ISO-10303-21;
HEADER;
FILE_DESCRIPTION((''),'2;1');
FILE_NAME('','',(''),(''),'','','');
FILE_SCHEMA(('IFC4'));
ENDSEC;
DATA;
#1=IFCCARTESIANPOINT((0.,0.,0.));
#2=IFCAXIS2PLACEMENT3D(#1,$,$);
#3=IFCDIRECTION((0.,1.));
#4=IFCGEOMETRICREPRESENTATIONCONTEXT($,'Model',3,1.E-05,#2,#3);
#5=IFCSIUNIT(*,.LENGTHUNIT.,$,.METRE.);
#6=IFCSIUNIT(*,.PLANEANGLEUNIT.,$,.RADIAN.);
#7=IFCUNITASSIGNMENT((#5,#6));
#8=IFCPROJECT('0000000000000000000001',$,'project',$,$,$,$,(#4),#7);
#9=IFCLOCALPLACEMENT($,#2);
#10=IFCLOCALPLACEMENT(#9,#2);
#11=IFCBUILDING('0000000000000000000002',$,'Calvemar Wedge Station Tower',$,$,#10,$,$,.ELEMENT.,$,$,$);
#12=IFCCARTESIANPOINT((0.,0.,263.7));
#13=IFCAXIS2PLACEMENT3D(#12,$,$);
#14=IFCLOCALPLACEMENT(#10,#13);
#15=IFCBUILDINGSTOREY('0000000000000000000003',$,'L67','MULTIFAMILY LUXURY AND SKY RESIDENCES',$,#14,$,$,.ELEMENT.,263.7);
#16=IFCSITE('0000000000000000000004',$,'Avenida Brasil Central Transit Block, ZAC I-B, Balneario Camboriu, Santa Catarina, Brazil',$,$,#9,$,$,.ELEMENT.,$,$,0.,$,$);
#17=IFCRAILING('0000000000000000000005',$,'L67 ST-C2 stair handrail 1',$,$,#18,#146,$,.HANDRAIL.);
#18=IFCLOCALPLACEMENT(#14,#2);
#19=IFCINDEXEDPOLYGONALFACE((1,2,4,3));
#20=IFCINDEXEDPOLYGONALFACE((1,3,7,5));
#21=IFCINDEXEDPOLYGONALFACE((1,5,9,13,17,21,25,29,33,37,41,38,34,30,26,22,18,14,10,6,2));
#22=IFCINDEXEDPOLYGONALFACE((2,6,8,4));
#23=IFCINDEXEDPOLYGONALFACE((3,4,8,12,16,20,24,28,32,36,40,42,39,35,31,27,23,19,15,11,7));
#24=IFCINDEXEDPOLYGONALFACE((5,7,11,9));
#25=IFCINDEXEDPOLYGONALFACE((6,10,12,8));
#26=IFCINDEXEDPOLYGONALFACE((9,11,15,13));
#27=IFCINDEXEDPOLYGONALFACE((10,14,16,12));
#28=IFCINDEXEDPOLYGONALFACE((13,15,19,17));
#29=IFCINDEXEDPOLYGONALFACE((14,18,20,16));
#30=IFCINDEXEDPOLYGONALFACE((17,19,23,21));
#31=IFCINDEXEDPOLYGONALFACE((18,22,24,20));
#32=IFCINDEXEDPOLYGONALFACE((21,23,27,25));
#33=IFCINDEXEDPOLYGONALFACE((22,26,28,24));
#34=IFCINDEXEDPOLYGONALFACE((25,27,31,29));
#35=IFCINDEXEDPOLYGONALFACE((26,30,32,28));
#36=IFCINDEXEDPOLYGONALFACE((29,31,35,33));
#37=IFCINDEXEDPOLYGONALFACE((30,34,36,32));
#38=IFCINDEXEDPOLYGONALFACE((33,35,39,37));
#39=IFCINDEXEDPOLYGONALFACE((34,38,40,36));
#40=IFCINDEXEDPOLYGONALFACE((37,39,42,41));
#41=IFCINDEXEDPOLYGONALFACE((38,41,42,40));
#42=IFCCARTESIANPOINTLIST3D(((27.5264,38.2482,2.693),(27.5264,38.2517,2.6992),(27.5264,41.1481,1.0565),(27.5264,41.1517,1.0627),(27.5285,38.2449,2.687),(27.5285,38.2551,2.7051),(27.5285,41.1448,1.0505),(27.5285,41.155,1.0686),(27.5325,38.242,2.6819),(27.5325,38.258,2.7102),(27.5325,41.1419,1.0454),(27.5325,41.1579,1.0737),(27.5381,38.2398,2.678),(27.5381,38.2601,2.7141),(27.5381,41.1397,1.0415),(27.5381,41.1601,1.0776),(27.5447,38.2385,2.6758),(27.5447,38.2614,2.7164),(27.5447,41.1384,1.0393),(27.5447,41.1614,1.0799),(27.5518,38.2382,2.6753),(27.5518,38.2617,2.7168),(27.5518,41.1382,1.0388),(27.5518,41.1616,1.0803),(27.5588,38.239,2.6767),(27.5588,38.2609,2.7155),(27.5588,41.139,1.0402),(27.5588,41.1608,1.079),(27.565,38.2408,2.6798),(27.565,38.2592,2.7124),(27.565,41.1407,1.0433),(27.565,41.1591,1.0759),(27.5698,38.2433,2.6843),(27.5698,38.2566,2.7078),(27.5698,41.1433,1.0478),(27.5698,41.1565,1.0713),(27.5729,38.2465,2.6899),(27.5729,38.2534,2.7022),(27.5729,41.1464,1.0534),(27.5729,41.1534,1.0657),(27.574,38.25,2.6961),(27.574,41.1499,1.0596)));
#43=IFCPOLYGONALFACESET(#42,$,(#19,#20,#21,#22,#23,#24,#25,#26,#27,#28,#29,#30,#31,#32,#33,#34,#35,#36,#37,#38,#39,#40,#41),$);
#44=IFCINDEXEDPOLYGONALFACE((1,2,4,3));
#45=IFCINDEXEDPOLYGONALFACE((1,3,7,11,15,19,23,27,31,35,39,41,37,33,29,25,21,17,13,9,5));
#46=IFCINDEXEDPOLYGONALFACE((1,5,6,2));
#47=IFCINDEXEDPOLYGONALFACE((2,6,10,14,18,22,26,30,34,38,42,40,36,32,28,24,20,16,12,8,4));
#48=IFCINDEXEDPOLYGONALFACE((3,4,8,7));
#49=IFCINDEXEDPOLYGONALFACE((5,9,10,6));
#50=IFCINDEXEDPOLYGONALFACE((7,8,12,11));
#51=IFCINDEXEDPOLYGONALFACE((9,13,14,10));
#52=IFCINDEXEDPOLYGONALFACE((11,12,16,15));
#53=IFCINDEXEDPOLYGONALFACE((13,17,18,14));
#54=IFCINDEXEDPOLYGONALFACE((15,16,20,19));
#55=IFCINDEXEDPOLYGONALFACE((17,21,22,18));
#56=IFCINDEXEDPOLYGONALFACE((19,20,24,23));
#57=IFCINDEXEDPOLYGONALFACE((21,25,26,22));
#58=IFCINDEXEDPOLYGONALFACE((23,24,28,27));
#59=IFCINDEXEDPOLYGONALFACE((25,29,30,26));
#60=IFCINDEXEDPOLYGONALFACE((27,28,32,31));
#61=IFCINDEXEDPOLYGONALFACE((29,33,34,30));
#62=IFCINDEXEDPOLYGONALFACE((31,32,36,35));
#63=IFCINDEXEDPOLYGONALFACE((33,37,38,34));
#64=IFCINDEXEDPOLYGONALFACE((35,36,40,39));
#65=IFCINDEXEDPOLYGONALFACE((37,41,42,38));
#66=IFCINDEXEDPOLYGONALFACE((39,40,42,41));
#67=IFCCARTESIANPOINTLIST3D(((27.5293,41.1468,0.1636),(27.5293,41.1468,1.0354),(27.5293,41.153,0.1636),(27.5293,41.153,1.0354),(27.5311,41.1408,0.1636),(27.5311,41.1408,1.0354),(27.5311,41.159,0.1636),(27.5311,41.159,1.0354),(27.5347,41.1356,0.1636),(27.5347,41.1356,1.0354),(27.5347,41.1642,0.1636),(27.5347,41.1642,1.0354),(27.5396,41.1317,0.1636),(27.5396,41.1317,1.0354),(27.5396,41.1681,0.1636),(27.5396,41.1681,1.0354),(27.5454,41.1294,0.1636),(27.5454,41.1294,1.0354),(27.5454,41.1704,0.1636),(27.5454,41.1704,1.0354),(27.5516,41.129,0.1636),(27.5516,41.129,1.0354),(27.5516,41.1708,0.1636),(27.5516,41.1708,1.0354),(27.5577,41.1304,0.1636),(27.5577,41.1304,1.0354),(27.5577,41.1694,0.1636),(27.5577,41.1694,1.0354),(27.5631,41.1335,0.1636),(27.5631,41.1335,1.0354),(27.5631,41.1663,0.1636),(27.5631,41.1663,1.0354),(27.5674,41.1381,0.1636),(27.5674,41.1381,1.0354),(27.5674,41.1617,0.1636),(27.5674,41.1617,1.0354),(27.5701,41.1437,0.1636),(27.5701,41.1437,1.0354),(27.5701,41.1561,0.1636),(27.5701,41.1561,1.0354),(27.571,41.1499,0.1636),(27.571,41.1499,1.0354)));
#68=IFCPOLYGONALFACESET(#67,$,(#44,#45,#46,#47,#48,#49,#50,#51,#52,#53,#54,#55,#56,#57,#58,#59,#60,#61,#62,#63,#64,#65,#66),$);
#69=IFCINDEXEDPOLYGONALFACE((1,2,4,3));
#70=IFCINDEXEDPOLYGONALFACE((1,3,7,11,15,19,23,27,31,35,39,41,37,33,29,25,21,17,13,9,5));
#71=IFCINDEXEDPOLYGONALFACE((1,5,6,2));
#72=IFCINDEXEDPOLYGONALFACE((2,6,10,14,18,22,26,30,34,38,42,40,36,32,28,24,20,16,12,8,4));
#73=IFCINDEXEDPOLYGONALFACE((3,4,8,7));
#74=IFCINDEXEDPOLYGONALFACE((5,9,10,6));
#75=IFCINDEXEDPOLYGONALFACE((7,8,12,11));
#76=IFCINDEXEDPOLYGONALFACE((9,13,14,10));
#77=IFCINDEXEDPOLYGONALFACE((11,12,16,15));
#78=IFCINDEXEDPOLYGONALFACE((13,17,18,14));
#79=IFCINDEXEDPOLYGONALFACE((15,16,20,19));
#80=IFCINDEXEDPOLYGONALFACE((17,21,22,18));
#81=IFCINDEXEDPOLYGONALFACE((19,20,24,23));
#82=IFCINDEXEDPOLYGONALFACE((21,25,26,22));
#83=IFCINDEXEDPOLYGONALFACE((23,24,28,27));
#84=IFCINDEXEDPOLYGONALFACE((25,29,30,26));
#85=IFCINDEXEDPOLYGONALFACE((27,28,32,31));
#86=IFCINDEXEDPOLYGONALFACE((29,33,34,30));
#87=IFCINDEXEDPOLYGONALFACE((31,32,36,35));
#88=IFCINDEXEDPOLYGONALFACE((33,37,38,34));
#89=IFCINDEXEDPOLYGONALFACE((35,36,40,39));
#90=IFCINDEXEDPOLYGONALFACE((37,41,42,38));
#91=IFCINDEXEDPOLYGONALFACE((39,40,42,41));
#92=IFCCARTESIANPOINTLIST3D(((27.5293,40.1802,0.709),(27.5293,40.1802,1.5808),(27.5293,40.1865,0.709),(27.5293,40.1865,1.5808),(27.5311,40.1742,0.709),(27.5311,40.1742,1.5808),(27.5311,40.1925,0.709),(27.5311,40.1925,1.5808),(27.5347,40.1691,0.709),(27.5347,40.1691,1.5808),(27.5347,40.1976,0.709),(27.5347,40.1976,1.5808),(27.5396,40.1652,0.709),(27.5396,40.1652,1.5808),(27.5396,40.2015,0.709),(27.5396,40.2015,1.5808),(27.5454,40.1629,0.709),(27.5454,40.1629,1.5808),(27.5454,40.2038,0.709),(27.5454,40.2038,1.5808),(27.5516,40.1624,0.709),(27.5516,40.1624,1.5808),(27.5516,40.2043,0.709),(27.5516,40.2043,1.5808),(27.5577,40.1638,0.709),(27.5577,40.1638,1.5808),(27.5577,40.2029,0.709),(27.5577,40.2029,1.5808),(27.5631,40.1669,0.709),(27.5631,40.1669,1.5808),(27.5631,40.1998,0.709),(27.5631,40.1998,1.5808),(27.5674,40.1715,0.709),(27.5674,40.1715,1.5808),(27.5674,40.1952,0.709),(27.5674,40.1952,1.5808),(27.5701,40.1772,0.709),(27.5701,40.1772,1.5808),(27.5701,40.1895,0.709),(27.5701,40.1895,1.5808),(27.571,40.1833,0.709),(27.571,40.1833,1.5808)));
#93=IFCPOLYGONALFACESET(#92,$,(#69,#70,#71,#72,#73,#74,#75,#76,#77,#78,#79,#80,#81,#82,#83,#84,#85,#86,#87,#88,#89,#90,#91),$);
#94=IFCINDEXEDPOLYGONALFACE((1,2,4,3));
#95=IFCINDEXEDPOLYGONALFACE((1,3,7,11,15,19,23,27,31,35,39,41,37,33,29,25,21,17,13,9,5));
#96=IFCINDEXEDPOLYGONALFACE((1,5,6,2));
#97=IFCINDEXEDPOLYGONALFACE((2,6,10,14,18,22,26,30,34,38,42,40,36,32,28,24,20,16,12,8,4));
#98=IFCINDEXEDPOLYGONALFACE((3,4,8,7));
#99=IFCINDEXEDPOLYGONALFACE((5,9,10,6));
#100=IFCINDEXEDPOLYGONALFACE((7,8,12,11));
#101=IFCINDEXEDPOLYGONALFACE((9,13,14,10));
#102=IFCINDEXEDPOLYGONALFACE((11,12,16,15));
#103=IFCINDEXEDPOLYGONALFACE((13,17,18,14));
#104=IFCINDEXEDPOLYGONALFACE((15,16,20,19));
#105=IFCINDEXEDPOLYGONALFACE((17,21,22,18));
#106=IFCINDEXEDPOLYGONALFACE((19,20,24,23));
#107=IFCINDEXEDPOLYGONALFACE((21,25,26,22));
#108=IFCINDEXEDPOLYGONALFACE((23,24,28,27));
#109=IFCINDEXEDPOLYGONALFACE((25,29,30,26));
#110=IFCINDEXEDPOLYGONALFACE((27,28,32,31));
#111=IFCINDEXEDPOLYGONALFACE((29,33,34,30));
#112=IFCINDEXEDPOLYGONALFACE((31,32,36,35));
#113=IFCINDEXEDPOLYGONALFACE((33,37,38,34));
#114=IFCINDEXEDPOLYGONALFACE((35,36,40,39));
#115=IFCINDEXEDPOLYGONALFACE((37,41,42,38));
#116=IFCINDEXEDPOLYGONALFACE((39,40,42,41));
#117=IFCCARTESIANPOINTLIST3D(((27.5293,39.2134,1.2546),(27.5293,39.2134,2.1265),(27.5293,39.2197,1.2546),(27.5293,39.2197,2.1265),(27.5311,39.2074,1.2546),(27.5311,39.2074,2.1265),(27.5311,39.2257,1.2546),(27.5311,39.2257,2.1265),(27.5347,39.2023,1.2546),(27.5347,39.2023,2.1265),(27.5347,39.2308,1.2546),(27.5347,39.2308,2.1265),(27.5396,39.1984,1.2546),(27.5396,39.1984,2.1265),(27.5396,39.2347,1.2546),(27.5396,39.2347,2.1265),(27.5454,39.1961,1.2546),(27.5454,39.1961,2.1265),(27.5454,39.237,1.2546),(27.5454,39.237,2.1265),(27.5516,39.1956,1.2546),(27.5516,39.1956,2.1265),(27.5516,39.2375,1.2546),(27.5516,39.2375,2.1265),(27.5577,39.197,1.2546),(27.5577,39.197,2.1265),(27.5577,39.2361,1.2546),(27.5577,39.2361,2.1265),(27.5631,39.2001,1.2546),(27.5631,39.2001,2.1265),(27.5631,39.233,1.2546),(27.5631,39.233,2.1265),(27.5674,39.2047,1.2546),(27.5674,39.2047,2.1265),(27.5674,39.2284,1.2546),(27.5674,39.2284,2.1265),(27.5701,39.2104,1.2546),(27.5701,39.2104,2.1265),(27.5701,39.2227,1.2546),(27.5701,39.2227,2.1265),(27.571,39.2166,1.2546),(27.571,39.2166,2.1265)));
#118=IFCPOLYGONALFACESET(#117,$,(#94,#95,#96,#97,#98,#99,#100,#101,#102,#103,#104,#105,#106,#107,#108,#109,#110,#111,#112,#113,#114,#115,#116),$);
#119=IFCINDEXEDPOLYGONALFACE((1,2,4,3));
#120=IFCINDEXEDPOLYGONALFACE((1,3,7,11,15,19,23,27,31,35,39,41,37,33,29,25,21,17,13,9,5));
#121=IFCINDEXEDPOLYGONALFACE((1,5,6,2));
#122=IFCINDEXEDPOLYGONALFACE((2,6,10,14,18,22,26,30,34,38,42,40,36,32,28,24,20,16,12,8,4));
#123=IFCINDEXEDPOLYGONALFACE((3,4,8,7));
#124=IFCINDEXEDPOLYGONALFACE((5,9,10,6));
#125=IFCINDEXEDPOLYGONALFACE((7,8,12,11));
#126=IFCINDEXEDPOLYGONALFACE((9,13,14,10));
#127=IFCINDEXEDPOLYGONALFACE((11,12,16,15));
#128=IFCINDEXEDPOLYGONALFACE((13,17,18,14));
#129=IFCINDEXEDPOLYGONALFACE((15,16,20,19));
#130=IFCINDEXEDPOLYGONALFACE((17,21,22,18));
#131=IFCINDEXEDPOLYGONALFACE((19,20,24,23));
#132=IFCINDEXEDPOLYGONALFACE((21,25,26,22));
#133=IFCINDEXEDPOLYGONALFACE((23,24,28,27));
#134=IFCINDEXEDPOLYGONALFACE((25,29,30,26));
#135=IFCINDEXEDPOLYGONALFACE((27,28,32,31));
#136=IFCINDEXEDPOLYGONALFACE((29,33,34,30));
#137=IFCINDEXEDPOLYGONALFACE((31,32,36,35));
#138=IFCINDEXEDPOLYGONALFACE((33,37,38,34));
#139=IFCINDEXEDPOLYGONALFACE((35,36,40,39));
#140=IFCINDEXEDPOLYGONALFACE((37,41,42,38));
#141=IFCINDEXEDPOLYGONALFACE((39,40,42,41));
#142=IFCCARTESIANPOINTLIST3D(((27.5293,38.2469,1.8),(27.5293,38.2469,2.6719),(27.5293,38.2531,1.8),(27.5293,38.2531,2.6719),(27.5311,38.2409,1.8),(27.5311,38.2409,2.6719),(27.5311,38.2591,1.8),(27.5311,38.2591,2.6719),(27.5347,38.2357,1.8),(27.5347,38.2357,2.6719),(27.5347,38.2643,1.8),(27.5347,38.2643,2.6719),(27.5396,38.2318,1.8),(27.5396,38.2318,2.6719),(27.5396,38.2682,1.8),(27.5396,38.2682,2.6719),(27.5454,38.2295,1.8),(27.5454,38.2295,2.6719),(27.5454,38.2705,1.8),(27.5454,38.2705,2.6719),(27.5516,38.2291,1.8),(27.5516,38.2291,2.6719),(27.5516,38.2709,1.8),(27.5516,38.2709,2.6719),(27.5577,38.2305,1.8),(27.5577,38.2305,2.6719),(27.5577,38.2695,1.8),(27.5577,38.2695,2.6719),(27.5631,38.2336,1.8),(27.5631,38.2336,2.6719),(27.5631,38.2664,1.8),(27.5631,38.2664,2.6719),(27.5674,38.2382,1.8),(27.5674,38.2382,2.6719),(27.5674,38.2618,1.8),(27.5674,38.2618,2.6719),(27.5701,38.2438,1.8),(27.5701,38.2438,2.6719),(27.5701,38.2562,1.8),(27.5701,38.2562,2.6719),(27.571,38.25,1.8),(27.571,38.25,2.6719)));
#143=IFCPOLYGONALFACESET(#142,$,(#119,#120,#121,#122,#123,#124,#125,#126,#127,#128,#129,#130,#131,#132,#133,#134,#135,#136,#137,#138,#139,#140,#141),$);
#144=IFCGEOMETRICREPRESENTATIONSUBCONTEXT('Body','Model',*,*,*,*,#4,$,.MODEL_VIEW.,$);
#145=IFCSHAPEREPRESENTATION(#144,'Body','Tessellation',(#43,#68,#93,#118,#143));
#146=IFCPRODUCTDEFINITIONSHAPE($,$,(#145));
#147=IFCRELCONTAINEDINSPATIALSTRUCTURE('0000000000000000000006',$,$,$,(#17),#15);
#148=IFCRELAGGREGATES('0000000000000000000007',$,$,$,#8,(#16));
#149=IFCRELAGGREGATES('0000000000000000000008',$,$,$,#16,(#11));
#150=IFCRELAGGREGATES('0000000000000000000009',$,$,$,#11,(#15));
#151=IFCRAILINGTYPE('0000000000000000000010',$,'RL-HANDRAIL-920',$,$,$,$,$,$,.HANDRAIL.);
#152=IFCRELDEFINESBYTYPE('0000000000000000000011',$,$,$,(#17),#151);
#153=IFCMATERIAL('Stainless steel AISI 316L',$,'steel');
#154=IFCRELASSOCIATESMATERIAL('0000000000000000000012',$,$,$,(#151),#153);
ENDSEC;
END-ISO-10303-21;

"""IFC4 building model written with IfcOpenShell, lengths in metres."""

from ifc_helpers import new_model, si_unit, direction, frame, origin, origin_2d, place, context, subcontext, project, spatial, circle, extrude, material, type_object, element, save


model = new_model("IFC4")

# Units and contexts
model_context = context("Model", 3, precision=1e-05, world=origin(), true_north=direction((0.0, 1.0)))
body_context = subcontext(model_context, "Body", "Model", "MODEL_VIEW")
ifc_project = project(units=[si_unit("LENGTHUNIT", "METRE"), si_unit("PLANEANGLEUNIT", "RADIAN")], contexts=[model_context])

# Site, building, storey
site_placement = place(None, origin())
site = spatial("IfcSite", under=ifc_project, at=site_placement, Name="Avenida Brasil Central Transit Block, ZAC I-B, Balneario Camboriu, Santa Catarina, Brazil", CompositionType="ELEMENT", RefElevation=0.0)
building_placement = place(site_placement, origin())
building = spatial("IfcBuilding", under=site, at=building_placement, Name="Calvemar Wedge Station Tower", CompositionType="ELEMENT")
storey_placement = place(building_placement, frame((0.0, 0.0, 263.7)))
storey = spatial("IfcBuildingStorey", under=building, at=storey_placement, Name="L67", Description="MULTIFAMILY LUXURY AND SKY RESIDENCES", CompositionType="ELEMENT", Elevation=263.7)

# Railing
ifc_material_1 = material(Name="Stainless steel AISI 316L", Category="steel")
railing_type_1 = type_object("IfcRailingType", Name="RL-HANDRAIL-920", PredefinedType="HANDRAIL", material=ifc_material_1)
railing_1_placement = place(storey_placement, frame((27.55, 41.1499, 0.1636)))
element("IfcRailing", 1, at=railing_1_placement, inside=storey, type_object=railing_type_1, Name="L67 ST-C2 stair handrail 1", PredefinedType="HANDRAIL", context=body_context, shape_type="SweptSolid", body=[
    extrude(circle(Radius=0.0239, at=origin_2d()), frame((0.0, 0.0, 0.896), z_axis=(0.0, -0.870897, 0.491465), x_axis=(1.0, 0.0, 0.0)), (0.0, 0.0, 1.0), 3.3298),
    extrude(circle(Radius=0.021, at=origin_2d()), origin(), (0.0, 0.0, 1.0), 0.8718),
    extrude(circle(Radius=0.021, at=origin_2d()), frame((0.0, -0.9666, 0.5454)), (0.0, 0.0, 1.0), 0.8718),
    extrude(circle(Radius=0.021, at=origin_2d()), frame((0.0, -1.9333, 1.0911)), (0.0, 0.0, 1.0), 0.8718),
    extrude(circle(Radius=0.021, at=origin_2d()), frame((0.0, -2.8999, 1.6365)), (0.0, 0.0, 1.0), 0.8718),
])

save(model, "model.ifc")
